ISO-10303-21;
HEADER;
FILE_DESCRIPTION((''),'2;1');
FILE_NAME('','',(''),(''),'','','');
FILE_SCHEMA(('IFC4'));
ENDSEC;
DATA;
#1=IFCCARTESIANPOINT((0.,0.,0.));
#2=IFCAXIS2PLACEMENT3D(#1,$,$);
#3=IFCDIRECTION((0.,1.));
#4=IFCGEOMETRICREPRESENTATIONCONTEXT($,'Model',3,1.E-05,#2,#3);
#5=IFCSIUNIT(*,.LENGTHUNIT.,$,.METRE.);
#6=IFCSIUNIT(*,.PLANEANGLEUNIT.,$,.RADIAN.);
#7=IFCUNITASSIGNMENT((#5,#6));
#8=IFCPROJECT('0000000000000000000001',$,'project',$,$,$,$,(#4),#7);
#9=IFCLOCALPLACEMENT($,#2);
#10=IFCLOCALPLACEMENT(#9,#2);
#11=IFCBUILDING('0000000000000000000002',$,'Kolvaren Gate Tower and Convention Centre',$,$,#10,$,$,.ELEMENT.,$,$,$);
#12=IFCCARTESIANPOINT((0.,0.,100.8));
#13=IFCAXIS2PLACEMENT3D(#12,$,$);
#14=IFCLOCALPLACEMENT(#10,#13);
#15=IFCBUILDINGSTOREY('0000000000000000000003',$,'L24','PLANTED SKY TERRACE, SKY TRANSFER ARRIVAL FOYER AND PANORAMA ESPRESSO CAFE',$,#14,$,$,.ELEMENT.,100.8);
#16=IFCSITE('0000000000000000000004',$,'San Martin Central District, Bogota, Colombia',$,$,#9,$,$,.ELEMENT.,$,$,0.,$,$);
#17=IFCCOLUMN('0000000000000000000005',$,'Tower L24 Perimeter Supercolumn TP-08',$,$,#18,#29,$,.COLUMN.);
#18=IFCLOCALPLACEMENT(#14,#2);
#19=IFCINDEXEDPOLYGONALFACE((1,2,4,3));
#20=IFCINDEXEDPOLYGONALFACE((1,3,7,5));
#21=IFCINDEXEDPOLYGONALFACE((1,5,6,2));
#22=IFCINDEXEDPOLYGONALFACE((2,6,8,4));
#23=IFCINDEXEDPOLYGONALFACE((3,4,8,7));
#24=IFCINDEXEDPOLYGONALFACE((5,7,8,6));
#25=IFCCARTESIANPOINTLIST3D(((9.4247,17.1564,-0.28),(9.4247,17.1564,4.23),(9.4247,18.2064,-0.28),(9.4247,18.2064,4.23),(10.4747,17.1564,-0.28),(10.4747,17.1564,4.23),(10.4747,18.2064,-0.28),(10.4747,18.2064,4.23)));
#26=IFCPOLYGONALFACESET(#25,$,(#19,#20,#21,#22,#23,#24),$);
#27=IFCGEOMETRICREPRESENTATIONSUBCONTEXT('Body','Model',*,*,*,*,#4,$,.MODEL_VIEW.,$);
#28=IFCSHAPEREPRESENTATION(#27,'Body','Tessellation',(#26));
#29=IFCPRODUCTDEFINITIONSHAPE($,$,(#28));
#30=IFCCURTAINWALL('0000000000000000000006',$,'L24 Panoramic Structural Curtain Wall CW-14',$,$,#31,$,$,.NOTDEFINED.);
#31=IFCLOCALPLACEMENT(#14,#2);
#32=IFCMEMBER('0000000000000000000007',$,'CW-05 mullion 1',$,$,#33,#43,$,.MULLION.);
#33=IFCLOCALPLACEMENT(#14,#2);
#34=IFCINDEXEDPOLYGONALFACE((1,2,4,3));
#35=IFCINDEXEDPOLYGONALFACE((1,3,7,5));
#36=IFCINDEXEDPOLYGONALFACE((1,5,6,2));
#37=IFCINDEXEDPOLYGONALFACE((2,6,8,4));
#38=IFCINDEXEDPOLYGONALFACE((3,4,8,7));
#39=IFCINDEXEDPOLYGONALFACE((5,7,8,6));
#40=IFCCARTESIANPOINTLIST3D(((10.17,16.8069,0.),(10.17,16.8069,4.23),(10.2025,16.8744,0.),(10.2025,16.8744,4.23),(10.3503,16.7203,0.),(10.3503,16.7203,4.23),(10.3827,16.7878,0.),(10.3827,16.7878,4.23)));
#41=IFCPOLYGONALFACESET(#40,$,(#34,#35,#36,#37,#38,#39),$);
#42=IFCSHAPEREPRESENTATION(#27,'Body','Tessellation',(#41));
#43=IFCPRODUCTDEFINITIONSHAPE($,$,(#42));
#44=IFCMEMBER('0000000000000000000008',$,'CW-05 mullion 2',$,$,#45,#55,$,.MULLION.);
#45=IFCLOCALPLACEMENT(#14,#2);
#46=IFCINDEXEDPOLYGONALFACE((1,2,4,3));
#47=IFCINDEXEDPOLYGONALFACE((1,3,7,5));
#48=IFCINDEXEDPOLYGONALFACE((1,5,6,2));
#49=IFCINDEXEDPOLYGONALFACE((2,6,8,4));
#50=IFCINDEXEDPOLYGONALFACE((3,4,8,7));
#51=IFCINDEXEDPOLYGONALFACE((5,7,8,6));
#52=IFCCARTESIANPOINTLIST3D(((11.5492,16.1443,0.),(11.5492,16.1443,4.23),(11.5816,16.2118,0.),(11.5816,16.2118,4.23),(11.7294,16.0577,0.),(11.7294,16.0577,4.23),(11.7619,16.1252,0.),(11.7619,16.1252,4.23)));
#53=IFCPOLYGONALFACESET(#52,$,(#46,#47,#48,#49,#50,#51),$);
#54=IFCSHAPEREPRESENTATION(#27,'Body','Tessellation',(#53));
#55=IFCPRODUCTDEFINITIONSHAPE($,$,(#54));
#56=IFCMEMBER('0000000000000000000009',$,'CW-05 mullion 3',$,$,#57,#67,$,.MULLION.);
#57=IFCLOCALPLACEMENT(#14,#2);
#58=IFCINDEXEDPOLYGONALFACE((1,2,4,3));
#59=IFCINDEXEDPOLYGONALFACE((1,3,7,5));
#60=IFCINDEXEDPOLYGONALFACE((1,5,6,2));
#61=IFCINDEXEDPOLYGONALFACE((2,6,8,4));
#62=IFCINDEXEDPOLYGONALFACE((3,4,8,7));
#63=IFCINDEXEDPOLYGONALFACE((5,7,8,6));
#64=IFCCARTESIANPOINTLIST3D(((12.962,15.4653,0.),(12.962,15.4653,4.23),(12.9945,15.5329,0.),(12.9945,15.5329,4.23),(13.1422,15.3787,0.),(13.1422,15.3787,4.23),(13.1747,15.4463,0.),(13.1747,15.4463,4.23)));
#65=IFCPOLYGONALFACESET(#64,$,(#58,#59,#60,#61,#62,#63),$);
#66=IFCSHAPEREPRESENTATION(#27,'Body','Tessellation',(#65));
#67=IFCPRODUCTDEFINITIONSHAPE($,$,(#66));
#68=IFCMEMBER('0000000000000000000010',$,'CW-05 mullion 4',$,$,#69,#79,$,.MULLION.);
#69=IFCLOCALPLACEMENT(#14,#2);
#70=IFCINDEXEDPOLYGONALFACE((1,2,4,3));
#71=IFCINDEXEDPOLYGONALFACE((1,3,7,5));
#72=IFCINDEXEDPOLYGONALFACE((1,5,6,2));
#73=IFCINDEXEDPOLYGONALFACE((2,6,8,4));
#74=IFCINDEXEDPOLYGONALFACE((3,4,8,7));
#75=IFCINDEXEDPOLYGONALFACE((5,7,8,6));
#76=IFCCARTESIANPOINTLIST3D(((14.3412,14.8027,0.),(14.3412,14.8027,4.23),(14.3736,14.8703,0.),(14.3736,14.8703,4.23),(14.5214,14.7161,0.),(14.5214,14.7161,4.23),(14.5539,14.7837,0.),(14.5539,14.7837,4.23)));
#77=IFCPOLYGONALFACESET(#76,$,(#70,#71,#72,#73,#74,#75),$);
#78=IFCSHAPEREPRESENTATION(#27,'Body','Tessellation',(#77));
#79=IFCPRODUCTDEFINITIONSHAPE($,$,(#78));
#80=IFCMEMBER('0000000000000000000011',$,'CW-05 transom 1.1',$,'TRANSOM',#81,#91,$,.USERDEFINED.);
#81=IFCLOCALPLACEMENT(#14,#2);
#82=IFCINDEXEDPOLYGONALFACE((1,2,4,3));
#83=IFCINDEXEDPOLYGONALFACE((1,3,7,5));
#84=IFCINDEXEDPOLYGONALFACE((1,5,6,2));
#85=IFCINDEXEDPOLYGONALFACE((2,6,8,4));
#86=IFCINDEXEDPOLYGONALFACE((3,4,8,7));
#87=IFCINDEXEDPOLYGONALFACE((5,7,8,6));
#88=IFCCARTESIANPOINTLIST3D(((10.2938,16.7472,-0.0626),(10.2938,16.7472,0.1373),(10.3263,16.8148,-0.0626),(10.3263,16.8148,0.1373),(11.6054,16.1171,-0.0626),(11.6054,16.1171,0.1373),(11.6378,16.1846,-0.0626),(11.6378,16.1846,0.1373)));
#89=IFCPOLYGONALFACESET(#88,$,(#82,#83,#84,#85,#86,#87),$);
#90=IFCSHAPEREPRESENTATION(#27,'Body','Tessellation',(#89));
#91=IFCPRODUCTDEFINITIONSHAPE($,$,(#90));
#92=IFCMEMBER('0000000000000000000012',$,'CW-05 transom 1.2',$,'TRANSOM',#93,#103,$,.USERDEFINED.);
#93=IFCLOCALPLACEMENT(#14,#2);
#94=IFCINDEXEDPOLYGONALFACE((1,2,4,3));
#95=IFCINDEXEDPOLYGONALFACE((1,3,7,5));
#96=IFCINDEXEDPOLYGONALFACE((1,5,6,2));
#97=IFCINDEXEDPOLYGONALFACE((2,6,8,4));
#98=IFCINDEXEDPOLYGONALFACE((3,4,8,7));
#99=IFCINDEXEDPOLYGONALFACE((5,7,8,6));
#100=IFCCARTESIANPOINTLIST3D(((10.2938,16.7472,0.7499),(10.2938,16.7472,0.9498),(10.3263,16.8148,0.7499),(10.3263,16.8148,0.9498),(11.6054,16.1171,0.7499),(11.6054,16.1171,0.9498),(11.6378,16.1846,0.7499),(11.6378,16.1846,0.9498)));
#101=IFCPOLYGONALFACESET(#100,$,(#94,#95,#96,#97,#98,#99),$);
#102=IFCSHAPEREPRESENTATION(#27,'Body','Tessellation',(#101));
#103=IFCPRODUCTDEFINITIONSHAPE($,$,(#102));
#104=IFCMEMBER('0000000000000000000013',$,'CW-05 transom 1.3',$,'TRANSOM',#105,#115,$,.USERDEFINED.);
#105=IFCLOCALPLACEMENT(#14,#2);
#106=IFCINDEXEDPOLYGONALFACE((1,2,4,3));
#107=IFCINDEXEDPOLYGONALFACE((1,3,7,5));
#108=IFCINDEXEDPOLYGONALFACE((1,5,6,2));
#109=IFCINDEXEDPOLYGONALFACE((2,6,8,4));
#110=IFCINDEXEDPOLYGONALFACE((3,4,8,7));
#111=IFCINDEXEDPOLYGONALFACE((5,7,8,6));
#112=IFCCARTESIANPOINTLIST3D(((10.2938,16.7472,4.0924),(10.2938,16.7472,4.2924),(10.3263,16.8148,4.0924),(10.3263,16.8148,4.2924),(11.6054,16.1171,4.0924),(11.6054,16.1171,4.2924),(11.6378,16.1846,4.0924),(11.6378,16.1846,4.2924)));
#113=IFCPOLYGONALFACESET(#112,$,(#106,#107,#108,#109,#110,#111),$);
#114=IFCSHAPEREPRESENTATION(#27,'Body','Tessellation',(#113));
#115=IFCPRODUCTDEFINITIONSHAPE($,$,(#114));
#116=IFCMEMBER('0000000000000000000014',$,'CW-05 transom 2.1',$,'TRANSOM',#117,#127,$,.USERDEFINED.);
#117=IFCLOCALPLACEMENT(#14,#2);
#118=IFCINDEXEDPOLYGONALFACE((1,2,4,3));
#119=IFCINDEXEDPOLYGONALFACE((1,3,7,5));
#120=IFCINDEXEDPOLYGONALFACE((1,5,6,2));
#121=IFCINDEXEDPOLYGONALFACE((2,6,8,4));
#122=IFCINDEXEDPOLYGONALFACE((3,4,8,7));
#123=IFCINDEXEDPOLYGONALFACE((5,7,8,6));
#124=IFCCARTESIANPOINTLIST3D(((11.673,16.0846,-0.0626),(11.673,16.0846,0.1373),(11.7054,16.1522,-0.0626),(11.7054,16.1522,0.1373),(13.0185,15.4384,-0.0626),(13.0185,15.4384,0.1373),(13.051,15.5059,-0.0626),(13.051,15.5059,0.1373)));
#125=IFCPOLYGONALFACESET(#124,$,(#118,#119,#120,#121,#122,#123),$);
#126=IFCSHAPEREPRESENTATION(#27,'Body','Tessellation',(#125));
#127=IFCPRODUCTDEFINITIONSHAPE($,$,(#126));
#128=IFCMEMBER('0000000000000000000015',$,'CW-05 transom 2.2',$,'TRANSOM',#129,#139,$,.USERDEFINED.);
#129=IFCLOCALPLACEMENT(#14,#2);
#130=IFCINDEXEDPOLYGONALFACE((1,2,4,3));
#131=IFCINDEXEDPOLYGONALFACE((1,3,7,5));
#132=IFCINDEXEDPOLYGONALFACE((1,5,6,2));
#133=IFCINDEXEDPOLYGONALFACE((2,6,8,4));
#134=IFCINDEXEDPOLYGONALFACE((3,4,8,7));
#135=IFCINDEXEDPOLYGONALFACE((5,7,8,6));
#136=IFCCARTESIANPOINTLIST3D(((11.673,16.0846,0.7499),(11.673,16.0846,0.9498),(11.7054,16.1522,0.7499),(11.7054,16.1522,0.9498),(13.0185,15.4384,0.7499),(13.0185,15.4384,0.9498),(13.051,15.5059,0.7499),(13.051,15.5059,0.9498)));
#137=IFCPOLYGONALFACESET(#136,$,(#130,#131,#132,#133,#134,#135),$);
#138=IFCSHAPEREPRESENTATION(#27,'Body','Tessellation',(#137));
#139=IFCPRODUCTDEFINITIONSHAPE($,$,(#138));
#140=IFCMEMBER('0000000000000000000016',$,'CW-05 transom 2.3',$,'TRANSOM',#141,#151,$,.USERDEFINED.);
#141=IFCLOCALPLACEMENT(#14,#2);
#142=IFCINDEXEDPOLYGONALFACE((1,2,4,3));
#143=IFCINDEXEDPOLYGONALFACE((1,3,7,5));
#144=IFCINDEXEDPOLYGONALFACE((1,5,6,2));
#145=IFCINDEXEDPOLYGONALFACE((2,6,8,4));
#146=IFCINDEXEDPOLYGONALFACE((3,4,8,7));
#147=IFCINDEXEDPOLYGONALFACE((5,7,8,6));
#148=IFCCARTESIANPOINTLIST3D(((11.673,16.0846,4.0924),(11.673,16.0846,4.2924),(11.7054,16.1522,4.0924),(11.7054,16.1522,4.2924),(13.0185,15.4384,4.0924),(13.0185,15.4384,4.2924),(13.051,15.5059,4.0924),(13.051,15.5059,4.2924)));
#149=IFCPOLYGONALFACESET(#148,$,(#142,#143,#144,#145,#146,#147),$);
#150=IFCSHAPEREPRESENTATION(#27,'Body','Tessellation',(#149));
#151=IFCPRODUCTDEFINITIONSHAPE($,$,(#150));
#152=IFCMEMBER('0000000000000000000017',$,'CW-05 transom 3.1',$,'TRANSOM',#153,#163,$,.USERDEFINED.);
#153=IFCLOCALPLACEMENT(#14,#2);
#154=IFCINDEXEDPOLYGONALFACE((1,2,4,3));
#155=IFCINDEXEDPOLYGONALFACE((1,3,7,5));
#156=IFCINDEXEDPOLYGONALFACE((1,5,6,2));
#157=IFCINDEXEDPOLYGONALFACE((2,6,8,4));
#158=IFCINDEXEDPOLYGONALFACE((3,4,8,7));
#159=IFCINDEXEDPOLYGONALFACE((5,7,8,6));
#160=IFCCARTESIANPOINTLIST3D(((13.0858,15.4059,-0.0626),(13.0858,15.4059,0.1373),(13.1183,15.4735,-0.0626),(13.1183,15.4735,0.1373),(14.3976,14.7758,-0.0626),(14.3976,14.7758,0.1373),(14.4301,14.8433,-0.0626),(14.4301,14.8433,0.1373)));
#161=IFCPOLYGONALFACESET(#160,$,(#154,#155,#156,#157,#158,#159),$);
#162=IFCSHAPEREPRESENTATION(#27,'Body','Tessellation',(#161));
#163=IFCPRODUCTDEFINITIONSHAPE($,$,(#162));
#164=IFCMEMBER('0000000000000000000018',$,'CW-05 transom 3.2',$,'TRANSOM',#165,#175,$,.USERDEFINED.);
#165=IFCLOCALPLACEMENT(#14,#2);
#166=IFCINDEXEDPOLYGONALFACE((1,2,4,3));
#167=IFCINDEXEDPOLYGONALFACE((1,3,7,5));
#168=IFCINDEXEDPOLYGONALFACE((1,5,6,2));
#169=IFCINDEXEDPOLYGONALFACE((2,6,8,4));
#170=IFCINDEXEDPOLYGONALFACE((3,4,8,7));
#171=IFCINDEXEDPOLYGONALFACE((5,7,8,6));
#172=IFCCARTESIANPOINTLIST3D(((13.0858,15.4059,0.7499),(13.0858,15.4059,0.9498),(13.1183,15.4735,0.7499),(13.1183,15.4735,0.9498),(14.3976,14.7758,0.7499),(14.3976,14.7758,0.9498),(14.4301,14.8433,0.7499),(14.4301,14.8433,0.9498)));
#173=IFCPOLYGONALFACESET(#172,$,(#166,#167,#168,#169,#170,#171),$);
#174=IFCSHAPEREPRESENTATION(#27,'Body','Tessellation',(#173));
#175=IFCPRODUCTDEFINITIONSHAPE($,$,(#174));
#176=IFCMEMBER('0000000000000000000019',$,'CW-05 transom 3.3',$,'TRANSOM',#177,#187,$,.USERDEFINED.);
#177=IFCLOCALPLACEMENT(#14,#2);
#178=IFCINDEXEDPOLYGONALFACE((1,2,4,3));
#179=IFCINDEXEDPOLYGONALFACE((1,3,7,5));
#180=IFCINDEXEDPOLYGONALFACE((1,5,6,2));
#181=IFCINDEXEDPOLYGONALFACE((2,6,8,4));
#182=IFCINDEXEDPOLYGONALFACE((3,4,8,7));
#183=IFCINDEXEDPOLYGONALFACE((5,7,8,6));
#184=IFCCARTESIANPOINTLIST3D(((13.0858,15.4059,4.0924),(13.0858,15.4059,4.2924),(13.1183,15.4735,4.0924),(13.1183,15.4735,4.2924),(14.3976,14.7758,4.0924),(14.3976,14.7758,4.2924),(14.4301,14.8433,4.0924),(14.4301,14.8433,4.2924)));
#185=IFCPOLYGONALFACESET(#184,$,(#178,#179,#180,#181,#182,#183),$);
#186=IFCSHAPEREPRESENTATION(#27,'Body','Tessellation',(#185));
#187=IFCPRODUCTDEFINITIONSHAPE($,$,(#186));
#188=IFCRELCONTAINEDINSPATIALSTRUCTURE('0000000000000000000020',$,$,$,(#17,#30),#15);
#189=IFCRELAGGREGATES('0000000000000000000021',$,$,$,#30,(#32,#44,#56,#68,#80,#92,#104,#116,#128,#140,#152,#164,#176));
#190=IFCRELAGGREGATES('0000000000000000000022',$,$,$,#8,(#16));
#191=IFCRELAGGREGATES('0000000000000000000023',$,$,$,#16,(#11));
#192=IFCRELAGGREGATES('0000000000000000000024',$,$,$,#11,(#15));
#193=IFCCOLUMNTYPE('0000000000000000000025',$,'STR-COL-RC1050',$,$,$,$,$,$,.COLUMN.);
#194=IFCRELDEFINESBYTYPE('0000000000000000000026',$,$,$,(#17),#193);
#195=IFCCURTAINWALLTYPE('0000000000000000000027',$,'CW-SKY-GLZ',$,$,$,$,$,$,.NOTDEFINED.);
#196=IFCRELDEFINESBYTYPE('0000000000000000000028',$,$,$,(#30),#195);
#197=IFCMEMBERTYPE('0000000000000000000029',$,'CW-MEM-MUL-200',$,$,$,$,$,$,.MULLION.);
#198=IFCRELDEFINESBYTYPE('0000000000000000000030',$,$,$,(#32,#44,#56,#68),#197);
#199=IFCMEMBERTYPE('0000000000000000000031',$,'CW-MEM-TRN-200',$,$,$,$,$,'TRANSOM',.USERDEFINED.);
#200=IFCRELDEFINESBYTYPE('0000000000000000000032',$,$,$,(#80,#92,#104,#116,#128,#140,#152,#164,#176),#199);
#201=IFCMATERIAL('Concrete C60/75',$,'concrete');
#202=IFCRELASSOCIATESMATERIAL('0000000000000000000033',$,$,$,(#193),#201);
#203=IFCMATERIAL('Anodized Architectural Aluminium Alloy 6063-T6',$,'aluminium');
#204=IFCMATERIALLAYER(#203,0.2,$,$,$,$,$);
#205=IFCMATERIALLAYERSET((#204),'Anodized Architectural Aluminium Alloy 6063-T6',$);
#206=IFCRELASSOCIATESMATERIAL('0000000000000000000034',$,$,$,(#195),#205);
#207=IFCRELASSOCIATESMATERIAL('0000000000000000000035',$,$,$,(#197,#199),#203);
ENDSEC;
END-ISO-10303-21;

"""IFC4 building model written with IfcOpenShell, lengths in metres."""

from ifc_helpers import new_model, si_unit, direction, frame, origin, origin_2d, place, context, subcontext, project, spatial, rectangle, extrude, material, layer, layer_set, material_profile, profile_set, type_object, element, aggregate, save


model = new_model("IFC4")

# Units and contexts
model_context = context("Model", 3, precision=1e-05, world=origin(), true_north=direction((0.0, 1.0)))
body_context = subcontext(model_context, "Body", "Model", "MODEL_VIEW")
ifc_project = project(units=[si_unit("LENGTHUNIT", "METRE"), si_unit("PLANEANGLEUNIT", "RADIAN")], contexts=[model_context])

# Site, building, storey
site_placement = place(None, origin())
site = spatial("IfcSite", under=ifc_project, at=site_placement, Name="San Martin Central District, Bogota, Colombia", CompositionType="ELEMENT", RefElevation=0.0)
building_placement = place(site_placement, origin())
building = spatial("IfcBuilding", under=site, at=building_placement, Name="Kolvaren Gate Tower and Convention Centre", CompositionType="ELEMENT")
storey_placement = place(building_placement, frame((0.0, 0.0, 100.8)))
storey = spatial("IfcBuildingStorey", under=building, at=storey_placement, Name="L24", Description="PLANTED SKY TERRACE, SKY TRANSFER ARRIVAL FOYER AND PANORAMA ESPRESSO CAFE", CompositionType="ELEMENT", Elevation=100.8)

# Column
ifc_material_1 = material(Name="Concrete C60/75", Category="concrete")
ifc_material_profile_1 = material_profile(ifc_material_1, rectangle(XDim=1.05, YDim=1.05, at=origin_2d()), Name="RC-COL-1050X1050")
ifc_profile_set_1 = profile_set([ifc_material_profile_1], Name="Concrete C60/75")
column_type = type_object("IfcColumnType", Name="STR-COL-RC1050", PredefinedType="COLUMN", material=ifc_profile_set_1)
column_placement = place(storey_placement, frame((9.9497, 17.6814, -0.28), z_axis=(0.0, 0.0, 1.0), x_axis=(1.0, 0.0, 0.0)))
element("IfcColumn", 1, at=column_placement, inside=storey, type_object=column_type, Name="Tower L24 Perimeter Supercolumn TP-08", PredefinedType="COLUMN", context=body_context, shape_type="SweptSolid", body=[
    extrude(rectangle(XDim=1.05, YDim=1.05, at=origin_2d()), origin(), (0.0, 0.0, 1.0), 4.51),
])

# Curtain wall, members
ifc_material_2 = material(Name="Anodized Architectural Aluminium Alloy 6063-T6", Category="aluminium")
ifc_layer_1 = layer(ifc_material_2, 0.2)
ifc_layer_set_1 = layer_set([ifc_layer_1], Name="Anodized Architectural Aluminium Alloy 6063-T6")
curtain_wall_type = type_object("IfcCurtainWallType", Name="CW-SKY-GLZ", PredefinedType="NOTDEFINED", material=ifc_layer_set_1)
curtain_wall_placement = place(storey_placement, origin())
curtain_wall = element("IfcCurtainWall", 2, at=curtain_wall_placement, inside=storey, type_object=curtain_wall_type, Name="L24 Panoramic Structural Curtain Wall CW-14", PredefinedType="NOTDEFINED")
ifc_material_profile_2 = material_profile(ifc_material_2, rectangle(XDim=0.075, YDim=0.2, at=origin_2d()), Name="CW-MEM-MUL-200")
ifc_profile_set_2 = profile_set([ifc_material_profile_2], Name="Anodized Architectural Aluminium Alloy 6063-T6")
member_type_1 = type_object("IfcMemberType", Name="CW-MEM-MUL-200", PredefinedType="MULLION", material=ifc_profile_set_2)
member_1_placement = place(storey_placement, frame((10.2764, 16.7974, 0.0), z_axis=(0.0, 0.0, 1.0), x_axis=(0.433073, 0.901359, 0.0)))
member_1 = element("IfcMember", 3, at=member_1_placement, type_object=member_type_1, Name="CW-05 mullion 1", PredefinedType="MULLION", context=body_context, shape_type="SweptSolid", body=[
    extrude(rectangle(XDim=0.075, YDim=0.2, at=origin_2d()), origin(), (0.0, 0.0, 1.0), 4.23),
])
member_2_placement = place(storey_placement, frame((11.6555, 16.1348, 0.0), z_axis=(0.0, 0.0, 1.0), x_axis=(0.433073, 0.901359, 0.0)))
member_2 = element("IfcMember", 4, at=member_2_placement, type_object=member_type_1, Name="CW-05 mullion 2", PredefinedType="MULLION", context=body_context, shape_type="SweptSolid", body=[
    extrude(rectangle(XDim=0.075, YDim=0.2, at=origin_2d()), origin(), (0.0, 0.0, 1.0), 4.23),
])
member_3_placement = place(storey_placement, frame((13.0684, 15.4558, 0.0), z_axis=(0.0, 0.0, 1.0), x_axis=(0.433073, 0.901359, 0.0)))
member_3 = element("IfcMember", 5, at=member_3_placement, type_object=member_type_1, Name="CW-05 mullion 3", PredefinedType="MULLION", context=body_context, shape_type="SweptSolid", body=[
    extrude(rectangle(XDim=0.075, YDim=0.2, at=origin_2d()), origin(), (0.0, 0.0, 1.0), 4.23),
])
member_4_placement = place(storey_placement, frame((14.4475, 14.7932, 0.0), z_axis=(0.0, 0.0, 1.0), x_axis=(0.433073, 0.901359, 0.0)))
member_4 = element("IfcMember", 6, at=member_4_placement, type_object=member_type_1, Name="CW-05 mullion 4", PredefinedType="MULLION", context=body_context, shape_type="SweptSolid", body=[
    extrude(rectangle(XDim=0.075, YDim=0.2, at=origin_2d()), origin(), (0.0, 0.0, 1.0), 4.23),
])
ifc_material_profile_3 = material_profile(ifc_material_2, rectangle(XDim=0.075, YDim=0.2, at=origin_2d()), Name="CW-MEM-TRN-200")
ifc_profile_set_3 = profile_set([ifc_material_profile_3], Name="Anodized Architectural Aluminium Alloy 6063-T6")
member_type_2 = type_object("IfcMemberType", Name="CW-MEM-TRN-200", ElementType="TRANSOM", PredefinedType="USERDEFINED", material=ifc_profile_set_3)
member_5_placement = place(storey_placement, frame((10.3101, 16.781, 0.0374), z_axis=(0.901363, -0.433064, 0.0), x_axis=(0.433064, 0.901363, 0.0)))
member_5 = element("IfcMember", 7, at=member_5_placement, type_object=member_type_2, Name="CW-05 transom 1.1", ObjectType="TRANSOM", PredefinedType="USERDEFINED", context=body_context, shape_type="SweptSolid", body=[
    extrude(rectangle(XDim=0.075, YDim=0.2, at=origin_2d()), origin(), (0.0, 0.0, 1.0), 1.4551),
])
member_6_placement = place(storey_placement, frame((10.3101, 16.781, 0.8499), z_axis=(0.901363, -0.433064, 0.0), x_axis=(0.433064, 0.901363, 0.0)))
member_6 = element("IfcMember", 8, at=member_6_placement, type_object=member_type_2, Name="CW-05 transom 1.2", ObjectType="TRANSOM", PredefinedType="USERDEFINED", context=body_context, shape_type="SweptSolid", body=[
    extrude(rectangle(XDim=0.075, YDim=0.2, at=origin_2d()), origin(), (0.0, 0.0, 1.0), 1.4551),
])
member_7_placement = place(storey_placement, frame((10.3101, 16.781, 4.1924), z_axis=(0.901363, -0.433064, 0.0), x_axis=(0.433064, 0.901363, 0.0)))
member_7 = element("IfcMember", 9, at=member_7_placement, type_object=member_type_2, Name="CW-05 transom 1.3", ObjectType="TRANSOM", PredefinedType="USERDEFINED", context=body_context, shape_type="SweptSolid", body=[
    extrude(rectangle(XDim=0.075, YDim=0.2, at=origin_2d()), origin(), (0.0, 0.0, 1.0), 1.4551),
])
member_8_placement = place(storey_placement, frame((11.6892, 16.1184, 0.0374), z_axis=(0.901413, -0.43296, 0.0), x_axis=(0.43296, 0.901413, 0.0)))
member_8 = element("IfcMember", 10, at=member_8_placement, type_object=member_type_2, Name="CW-05 transom 2.1", ObjectType="TRANSOM", PredefinedType="USERDEFINED", context=body_context, shape_type="SweptSolid", body=[
    extrude(rectangle(XDim=0.075, YDim=0.2, at=origin_2d()), origin(), (0.0, 0.0, 1.0), 1.4927),
])
member_9_placement = place(storey_placement, frame((11.6892, 16.1184, 0.8499), z_axis=(0.901413, -0.43296, 0.0), x_axis=(0.43296, 0.901413, 0.0)))
member_9 = element("IfcMember", 11, at=member_9_placement, type_object=member_type_2, Name="CW-05 transom 2.2", ObjectType="TRANSOM", PredefinedType="USERDEFINED", context=body_context, shape_type="SweptSolid", body=[
    extrude(rectangle(XDim=0.075, YDim=0.2, at=origin_2d()), origin(), (0.0, 0.0, 1.0), 1.4927),
])
member_10_placement = place(storey_placement, frame((11.6892, 16.1184, 4.1924), z_axis=(0.901413, -0.43296, 0.0), x_axis=(0.43296, 0.901413, 0.0)))
member_10 = element("IfcMember", 12, at=member_10_placement, type_object=member_type_2, Name="CW-05 transom 2.3", ObjectType="TRANSOM", PredefinedType="USERDEFINED", context=body_context, shape_type="SweptSolid", body=[
    extrude(rectangle(XDim=0.075, YDim=0.2, at=origin_2d()), origin(), (0.0, 0.0, 1.0), 1.4927),
])
member_11_placement = place(storey_placement, frame((13.1021, 15.4397, 0.0374), z_axis=(0.901395, -0.432998, 0.0), x_axis=(0.432998, 0.901395, 0.0)))
member_11 = element("IfcMember", 13, at=member_11_placement, type_object=member_type_2, Name="CW-05 transom 3.1", ObjectType="TRANSOM", PredefinedType="USERDEFINED", context=body_context, shape_type="SweptSolid", body=[
    extrude(rectangle(XDim=0.075, YDim=0.2, at=origin_2d()), origin(), (0.0, 0.0, 1.0), 1.4553),
])
member_12_placement = place(storey_placement, frame((13.1021, 15.4397, 0.8499), z_axis=(0.901395, -0.432998, 0.0), x_axis=(0.432998, 0.901395, 0.0)))
member_12 = element("IfcMember", 14, at=member_12_placement, type_object=member_type_2, Name="CW-05 transom 3.2", ObjectType="TRANSOM", PredefinedType="USERDEFINED", context=body_context, shape_type="SweptSolid", body=[
    extrude(rectangle(XDim=0.075, YDim=0.2, at=origin_2d()), origin(), (0.0, 0.0, 1.0), 1.4553),
])
member_13_placement = place(storey_placement, frame((13.1021, 15.4397, 4.1924), z_axis=(0.901395, -0.432998, 0.0), x_axis=(0.432998, 0.901395, 0.0)))
member_13 = element("IfcMember", 15, at=member_13_placement, type_object=member_type_2, Name="CW-05 transom 3.3", ObjectType="TRANSOM", PredefinedType="USERDEFINED", context=body_context, shape_type="SweptSolid", body=[
    extrude(rectangle(XDim=0.075, YDim=0.2, at=origin_2d()), origin(), (0.0, 0.0, 1.0), 1.4553),
])
aggregate(curtain_wall, [member_1, member_2, member_3, member_4, member_5, member_6, member_7, member_8, member_9, member_10, member_11, member_12, member_13])

save(model, "model.ifc")
